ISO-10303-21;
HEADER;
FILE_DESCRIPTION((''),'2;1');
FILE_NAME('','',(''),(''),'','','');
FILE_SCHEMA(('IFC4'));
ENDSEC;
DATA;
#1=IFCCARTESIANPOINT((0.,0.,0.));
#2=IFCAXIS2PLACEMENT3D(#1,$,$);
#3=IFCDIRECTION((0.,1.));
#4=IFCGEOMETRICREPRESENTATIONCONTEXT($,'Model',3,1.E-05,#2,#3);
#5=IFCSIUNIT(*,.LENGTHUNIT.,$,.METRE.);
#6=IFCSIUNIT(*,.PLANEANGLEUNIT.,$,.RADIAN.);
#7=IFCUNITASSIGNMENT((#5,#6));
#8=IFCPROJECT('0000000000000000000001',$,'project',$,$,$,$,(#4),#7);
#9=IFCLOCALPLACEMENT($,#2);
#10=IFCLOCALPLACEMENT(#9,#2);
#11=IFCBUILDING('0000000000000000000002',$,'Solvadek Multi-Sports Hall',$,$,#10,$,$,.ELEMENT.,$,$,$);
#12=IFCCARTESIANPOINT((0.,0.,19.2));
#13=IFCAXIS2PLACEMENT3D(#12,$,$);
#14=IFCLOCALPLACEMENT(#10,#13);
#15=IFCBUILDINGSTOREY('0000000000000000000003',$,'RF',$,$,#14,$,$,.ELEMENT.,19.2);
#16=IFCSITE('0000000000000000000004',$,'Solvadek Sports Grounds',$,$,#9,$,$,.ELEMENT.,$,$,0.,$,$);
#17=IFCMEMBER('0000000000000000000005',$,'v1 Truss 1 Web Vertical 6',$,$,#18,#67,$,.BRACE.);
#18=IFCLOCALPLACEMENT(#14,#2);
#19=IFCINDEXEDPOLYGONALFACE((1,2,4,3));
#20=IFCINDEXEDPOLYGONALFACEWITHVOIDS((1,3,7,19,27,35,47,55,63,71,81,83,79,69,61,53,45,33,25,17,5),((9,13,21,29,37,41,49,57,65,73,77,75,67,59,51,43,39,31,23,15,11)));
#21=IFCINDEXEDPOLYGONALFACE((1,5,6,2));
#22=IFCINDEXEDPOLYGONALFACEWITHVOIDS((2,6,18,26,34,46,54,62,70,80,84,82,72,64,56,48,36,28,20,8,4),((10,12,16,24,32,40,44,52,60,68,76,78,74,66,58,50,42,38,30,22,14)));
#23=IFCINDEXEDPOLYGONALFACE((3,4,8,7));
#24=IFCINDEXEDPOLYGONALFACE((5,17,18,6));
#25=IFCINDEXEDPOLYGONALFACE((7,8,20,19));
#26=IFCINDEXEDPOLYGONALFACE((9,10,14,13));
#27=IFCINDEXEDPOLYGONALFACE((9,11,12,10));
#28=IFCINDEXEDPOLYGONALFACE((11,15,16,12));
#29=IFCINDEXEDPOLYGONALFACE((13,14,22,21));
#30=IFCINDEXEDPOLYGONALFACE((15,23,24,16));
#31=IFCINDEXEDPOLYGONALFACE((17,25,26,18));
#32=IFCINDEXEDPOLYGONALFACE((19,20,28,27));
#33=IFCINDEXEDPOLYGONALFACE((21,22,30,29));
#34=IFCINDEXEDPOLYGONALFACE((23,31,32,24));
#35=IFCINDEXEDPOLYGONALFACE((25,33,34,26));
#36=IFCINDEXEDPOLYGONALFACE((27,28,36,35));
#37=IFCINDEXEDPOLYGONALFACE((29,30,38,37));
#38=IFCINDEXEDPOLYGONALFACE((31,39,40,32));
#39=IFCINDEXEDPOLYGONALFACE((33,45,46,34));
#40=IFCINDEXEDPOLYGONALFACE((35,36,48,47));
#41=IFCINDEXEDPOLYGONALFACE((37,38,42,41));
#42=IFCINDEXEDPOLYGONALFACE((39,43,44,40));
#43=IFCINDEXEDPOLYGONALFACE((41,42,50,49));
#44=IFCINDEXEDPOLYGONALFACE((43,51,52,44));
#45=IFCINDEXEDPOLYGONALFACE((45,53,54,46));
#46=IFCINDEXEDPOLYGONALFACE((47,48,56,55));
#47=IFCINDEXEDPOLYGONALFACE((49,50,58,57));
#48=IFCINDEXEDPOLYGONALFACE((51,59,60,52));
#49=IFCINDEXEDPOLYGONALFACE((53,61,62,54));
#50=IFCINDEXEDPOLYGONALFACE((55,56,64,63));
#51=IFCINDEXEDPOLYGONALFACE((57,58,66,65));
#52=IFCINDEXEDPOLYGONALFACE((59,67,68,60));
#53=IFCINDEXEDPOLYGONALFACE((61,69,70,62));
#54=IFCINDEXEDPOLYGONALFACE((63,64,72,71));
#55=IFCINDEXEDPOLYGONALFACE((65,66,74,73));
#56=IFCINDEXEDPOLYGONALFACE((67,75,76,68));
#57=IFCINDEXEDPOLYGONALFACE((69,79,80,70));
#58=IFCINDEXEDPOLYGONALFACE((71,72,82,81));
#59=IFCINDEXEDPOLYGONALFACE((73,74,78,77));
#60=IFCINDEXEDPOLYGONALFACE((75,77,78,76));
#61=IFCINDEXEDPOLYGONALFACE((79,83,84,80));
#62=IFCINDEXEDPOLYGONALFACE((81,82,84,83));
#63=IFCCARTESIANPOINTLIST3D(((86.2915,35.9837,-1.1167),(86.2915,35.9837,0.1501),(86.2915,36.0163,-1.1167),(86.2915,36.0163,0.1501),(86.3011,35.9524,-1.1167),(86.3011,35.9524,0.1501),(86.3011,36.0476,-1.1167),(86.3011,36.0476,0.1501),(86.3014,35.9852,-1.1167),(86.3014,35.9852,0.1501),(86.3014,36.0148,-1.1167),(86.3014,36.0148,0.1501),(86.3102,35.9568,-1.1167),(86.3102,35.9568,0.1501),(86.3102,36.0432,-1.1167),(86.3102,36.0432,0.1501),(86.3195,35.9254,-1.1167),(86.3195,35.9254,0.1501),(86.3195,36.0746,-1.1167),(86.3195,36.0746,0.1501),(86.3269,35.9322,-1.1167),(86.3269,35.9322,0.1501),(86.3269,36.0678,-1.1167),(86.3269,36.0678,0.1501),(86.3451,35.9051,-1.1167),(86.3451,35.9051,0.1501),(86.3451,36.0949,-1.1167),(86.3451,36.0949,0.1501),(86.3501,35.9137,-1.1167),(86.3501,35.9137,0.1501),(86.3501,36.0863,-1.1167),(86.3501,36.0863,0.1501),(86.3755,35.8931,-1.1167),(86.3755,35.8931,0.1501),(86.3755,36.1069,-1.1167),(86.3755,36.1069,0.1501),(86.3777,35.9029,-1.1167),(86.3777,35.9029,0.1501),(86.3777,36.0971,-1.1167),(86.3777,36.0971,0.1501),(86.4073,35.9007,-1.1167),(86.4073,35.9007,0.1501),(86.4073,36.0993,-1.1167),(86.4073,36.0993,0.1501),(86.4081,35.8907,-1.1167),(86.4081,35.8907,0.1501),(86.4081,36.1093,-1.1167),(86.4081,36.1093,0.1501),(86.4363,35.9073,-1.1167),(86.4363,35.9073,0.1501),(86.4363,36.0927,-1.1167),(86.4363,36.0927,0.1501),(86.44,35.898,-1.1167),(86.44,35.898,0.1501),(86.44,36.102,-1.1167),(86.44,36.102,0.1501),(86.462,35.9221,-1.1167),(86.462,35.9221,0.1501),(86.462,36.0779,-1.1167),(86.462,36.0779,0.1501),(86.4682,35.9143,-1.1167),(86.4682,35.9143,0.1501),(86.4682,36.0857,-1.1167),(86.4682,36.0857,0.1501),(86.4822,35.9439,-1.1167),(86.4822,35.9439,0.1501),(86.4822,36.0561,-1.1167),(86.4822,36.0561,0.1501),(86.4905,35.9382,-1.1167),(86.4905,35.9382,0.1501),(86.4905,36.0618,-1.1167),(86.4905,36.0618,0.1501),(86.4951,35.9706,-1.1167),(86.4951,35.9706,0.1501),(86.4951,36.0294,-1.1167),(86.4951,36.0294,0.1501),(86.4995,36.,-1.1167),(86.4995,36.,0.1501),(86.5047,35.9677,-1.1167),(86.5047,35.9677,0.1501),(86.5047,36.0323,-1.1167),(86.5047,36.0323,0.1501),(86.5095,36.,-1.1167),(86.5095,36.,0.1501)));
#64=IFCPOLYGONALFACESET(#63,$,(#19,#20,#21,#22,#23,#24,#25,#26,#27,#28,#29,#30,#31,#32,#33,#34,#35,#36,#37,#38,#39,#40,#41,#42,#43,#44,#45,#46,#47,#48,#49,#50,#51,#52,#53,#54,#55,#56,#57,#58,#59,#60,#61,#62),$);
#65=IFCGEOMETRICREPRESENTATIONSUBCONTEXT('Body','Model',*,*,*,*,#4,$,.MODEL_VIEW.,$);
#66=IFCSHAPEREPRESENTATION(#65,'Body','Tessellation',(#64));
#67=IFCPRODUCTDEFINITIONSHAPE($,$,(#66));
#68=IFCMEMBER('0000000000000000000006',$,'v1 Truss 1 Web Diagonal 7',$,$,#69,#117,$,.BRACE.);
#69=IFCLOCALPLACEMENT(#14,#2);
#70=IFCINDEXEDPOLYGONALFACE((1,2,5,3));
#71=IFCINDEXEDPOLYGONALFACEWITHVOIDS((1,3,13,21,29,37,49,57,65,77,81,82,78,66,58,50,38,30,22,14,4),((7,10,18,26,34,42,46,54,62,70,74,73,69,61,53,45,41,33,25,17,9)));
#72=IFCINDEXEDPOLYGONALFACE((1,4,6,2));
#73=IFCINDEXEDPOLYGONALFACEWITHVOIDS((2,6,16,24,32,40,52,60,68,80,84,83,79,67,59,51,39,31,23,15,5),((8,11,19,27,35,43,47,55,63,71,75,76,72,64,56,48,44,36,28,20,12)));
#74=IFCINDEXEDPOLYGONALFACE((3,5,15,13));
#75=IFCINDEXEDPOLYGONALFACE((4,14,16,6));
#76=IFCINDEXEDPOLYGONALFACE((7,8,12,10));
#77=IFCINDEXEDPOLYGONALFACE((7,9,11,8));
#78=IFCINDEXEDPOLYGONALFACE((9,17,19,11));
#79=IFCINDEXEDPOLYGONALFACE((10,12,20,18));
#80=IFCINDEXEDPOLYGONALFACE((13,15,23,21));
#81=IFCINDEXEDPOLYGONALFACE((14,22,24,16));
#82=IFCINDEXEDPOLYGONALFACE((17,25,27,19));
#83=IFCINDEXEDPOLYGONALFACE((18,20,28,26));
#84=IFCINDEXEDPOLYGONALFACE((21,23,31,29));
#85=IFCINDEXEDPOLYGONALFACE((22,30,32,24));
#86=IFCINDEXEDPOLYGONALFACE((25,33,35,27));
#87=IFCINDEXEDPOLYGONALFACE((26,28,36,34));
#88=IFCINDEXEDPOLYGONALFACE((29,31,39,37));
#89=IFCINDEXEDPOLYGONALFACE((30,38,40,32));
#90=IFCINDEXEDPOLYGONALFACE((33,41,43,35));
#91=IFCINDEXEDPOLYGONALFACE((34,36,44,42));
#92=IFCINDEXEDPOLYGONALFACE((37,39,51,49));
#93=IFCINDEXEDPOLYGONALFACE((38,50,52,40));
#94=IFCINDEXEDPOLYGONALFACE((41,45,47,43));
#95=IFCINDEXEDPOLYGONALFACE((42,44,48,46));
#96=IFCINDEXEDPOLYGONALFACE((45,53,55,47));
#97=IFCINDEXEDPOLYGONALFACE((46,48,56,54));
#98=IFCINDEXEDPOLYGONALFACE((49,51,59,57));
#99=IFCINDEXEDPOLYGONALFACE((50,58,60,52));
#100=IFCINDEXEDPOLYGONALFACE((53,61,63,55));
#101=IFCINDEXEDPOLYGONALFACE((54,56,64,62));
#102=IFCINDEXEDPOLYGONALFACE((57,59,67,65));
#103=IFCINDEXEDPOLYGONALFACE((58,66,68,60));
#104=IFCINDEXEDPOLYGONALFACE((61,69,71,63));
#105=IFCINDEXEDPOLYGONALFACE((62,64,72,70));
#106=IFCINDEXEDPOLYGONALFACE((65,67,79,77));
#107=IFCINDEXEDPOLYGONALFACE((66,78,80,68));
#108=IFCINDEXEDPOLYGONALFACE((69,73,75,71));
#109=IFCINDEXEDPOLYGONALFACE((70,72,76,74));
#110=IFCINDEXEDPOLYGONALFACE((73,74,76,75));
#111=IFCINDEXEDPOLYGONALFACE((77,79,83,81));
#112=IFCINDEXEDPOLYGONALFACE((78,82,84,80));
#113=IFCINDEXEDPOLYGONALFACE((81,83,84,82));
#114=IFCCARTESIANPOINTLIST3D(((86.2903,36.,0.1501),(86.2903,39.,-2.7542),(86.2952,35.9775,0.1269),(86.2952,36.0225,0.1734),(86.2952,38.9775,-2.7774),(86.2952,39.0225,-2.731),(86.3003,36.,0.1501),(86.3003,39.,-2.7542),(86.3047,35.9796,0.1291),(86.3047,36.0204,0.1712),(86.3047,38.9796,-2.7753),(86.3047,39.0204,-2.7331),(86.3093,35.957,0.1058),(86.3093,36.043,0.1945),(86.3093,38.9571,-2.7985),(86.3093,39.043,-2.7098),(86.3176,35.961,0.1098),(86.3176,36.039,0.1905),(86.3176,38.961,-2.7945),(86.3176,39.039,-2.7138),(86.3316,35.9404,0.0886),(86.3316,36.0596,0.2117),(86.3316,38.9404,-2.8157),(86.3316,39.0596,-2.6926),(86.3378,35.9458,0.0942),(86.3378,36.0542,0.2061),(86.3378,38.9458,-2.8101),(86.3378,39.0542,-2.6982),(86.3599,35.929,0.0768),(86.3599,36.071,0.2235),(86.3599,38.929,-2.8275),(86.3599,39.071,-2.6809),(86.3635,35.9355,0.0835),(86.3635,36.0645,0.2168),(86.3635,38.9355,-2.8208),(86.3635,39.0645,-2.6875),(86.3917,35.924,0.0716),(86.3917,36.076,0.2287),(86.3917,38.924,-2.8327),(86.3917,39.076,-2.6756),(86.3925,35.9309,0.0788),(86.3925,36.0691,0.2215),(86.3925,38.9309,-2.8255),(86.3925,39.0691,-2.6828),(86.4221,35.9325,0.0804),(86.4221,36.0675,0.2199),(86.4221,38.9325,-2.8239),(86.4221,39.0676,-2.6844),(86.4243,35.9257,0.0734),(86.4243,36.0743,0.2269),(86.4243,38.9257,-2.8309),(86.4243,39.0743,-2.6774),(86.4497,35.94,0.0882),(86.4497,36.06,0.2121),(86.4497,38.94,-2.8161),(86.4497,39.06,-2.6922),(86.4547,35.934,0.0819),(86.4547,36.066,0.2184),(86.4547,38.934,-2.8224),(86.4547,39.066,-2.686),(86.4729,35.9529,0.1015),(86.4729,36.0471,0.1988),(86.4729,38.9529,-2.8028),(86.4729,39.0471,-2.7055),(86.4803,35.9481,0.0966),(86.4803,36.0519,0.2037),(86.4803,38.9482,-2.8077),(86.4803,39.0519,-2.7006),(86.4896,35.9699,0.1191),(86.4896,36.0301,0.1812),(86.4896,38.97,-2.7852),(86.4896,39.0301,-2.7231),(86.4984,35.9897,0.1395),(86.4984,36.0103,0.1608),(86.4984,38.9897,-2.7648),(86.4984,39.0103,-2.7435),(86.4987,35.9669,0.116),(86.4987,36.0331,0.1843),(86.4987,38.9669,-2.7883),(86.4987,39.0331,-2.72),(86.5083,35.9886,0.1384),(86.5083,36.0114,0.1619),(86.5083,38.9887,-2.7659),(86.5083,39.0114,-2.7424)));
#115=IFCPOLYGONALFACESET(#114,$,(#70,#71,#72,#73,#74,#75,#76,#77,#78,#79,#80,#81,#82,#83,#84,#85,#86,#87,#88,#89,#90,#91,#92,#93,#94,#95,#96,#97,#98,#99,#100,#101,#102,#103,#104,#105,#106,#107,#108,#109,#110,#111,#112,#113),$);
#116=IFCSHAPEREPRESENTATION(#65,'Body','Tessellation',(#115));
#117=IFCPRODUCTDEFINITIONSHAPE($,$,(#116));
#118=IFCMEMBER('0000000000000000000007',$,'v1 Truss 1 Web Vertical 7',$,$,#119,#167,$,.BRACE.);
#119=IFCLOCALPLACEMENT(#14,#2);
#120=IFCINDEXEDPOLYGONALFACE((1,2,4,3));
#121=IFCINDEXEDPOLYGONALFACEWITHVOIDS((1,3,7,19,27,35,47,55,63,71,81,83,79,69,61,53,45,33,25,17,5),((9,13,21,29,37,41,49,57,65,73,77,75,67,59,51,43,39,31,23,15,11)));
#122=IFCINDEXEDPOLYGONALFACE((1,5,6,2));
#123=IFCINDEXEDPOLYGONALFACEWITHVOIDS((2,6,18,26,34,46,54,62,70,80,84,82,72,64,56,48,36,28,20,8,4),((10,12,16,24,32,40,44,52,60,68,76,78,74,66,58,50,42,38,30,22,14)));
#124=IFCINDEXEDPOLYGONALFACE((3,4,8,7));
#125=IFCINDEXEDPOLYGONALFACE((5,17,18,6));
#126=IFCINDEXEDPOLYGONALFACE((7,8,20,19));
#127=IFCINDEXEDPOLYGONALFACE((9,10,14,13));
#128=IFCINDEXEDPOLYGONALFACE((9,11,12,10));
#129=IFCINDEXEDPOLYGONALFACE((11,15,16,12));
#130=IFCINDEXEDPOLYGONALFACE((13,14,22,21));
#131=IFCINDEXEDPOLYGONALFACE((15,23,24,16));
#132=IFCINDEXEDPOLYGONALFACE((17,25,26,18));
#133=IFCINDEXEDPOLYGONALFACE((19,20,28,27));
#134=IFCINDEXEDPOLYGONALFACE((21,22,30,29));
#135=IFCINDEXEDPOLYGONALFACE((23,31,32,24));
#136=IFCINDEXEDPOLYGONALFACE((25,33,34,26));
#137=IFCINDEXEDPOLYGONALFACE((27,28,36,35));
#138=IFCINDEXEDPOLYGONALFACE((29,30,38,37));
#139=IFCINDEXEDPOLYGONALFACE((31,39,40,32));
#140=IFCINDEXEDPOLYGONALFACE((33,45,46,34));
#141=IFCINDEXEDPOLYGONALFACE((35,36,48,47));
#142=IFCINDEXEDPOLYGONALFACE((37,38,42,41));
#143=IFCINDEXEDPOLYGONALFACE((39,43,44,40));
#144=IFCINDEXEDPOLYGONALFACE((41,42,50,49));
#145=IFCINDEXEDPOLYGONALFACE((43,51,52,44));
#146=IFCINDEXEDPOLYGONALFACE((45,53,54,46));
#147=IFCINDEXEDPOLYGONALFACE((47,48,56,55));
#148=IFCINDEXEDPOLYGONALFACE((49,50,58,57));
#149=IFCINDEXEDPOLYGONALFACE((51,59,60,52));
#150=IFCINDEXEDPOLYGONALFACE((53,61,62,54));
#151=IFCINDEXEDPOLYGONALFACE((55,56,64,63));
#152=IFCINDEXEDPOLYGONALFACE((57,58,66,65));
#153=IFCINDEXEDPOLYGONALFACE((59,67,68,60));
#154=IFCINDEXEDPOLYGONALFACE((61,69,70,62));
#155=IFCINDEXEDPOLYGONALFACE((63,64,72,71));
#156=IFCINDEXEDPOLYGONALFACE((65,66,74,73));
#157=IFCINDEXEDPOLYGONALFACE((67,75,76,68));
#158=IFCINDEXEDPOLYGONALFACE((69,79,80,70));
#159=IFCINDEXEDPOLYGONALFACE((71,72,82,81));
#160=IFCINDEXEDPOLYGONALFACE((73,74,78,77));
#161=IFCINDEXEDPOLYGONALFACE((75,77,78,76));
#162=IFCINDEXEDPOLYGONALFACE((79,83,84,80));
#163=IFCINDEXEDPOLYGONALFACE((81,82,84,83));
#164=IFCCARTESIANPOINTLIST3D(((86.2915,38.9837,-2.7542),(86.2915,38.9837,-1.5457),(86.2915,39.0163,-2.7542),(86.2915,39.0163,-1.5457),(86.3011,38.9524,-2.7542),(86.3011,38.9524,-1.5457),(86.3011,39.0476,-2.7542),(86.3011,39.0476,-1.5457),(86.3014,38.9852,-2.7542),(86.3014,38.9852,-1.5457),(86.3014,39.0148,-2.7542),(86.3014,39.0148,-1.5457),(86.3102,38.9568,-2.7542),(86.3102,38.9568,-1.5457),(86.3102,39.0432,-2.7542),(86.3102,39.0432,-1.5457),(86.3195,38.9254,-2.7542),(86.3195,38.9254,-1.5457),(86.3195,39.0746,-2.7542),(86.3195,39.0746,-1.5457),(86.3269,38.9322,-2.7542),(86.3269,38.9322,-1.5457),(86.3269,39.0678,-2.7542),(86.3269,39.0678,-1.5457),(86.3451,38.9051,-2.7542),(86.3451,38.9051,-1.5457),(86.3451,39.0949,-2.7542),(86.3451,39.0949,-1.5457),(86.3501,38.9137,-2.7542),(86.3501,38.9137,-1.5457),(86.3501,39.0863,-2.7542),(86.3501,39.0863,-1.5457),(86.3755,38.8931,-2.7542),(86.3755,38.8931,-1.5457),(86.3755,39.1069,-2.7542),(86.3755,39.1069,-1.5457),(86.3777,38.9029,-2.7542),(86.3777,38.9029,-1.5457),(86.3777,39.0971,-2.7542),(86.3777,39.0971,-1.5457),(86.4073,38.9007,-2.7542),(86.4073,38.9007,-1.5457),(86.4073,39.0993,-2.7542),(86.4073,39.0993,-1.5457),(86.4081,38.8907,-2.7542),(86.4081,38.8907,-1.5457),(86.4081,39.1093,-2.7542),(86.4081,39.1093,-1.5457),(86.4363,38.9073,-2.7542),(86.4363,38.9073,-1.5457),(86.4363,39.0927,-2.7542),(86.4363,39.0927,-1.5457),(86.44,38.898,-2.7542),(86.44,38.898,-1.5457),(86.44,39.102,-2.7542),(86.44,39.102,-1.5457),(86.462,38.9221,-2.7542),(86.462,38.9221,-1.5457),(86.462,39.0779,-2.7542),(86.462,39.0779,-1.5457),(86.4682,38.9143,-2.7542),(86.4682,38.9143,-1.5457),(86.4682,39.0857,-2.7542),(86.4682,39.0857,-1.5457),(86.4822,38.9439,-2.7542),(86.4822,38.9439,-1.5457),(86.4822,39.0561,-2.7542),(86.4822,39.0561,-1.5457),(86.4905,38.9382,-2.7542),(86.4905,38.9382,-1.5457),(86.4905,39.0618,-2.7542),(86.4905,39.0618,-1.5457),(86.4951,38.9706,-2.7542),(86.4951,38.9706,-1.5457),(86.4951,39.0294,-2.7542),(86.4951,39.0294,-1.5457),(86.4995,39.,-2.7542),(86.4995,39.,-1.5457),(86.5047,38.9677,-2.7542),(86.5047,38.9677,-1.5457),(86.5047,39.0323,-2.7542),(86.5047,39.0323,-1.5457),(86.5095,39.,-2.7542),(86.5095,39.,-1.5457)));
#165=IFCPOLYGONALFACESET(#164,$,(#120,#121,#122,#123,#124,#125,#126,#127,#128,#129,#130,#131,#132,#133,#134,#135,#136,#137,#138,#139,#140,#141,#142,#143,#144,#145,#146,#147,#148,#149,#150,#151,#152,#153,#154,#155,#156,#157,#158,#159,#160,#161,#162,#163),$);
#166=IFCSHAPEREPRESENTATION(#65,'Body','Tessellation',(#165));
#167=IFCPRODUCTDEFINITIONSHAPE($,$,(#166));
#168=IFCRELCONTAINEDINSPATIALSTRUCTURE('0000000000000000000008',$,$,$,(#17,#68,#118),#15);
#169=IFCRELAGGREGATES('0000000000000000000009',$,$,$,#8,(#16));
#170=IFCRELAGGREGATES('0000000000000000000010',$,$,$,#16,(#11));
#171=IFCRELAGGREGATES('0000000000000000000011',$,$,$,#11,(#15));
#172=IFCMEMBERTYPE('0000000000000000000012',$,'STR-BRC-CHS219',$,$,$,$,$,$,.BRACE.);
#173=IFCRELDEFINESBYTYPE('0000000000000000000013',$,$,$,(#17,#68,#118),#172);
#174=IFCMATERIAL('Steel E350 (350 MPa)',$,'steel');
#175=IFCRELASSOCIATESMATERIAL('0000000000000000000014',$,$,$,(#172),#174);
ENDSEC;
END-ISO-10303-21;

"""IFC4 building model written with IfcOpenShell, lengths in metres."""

from ifc_helpers import new_model, si_unit, direction, frame, origin, origin_2d, place, context, subcontext, project, spatial, hollow_circle, extrude, material, material_profile, profile_set, type_object, element, save


model = new_model("IFC4")

# Units and contexts
model_context = context("Model", 3, precision=1e-05, world=origin(), true_north=direction((0.0, 1.0)))
body_context = subcontext(model_context, "Body", "Model", "MODEL_VIEW")
ifc_project = project(units=[si_unit("LENGTHUNIT", "METRE"), si_unit("PLANEANGLEUNIT", "RADIAN")], contexts=[model_context])

# Site, building, storey
site_placement = place(None, origin())
site = spatial("IfcSite", under=ifc_project, at=site_placement, Name="Solvadek Sports Grounds", CompositionType="ELEMENT", RefElevation=0.0)
building_placement = place(site_placement, origin())
building = spatial("IfcBuilding", under=site, at=building_placement, Name="Solvadek Multi-Sports Hall", CompositionType="ELEMENT")
storey_placement = place(building_placement, frame((0.0, 0.0, 19.2)))
storey = spatial("IfcBuildingStorey", under=building, at=storey_placement, Name="RF", CompositionType="ELEMENT", Elevation=19.2)

# Shared definitions
ifc_material_1 = material(Name="Steel E350 (350 MPa)", Category="steel")

# Members
ifc_material_profile_1 = material_profile(ifc_material_1, hollow_circle(Radius=0.1096, WallThickness=0.01, at=origin_2d()), Name="CHS 219.1x10")
ifc_profile_set_1 = profile_set([ifc_material_profile_1], Name="Steel E350 (350 MPa)")
member_type_1 = type_object("IfcMemberType", Name="STR-BRC-CHS219", PredefinedType="BRACE", material=ifc_profile_set_1)
member_1_placement = place(storey_placement, frame((86.3999, 36.0, -1.1167), z_axis=(0.0, 0.0, 1.0), x_axis=(1.0, 0.0, 0.0)))
element("IfcMember", 1, at=member_1_placement, inside=storey, type_object=member_type_1, Name="v1 Truss 1 Web Vertical 6", PredefinedType="BRACE", context=body_context, shape_type="SweptSolid", body=[
    extrude(hollow_circle(Radius=0.1096, WallThickness=0.01, at=origin_2d()), origin(), (0.0, 0.0, 1.0), 1.2668),
])
member_2_placement = place(storey_placement, frame((86.3999, 36.0, 0.1501), z_axis=(0.0, 0.718474, -0.695554), x_axis=(-1.0, 0.0, 0.0)))
element("IfcMember", 2, at=member_2_placement, inside=storey, type_object=member_type_1, Name="v1 Truss 1 Web Diagonal 7", PredefinedType="BRACE", context=body_context, shape_type="SweptSolid", body=[
    extrude(hollow_circle(Radius=0.1096, WallThickness=0.01, at=origin_2d()), origin(), (0.0, 0.0, 1.0), 4.1755),
])
member_3_placement = place(storey_placement, frame((86.3999, 39.0, -2.7542), z_axis=(0.0, 0.0, 1.0), x_axis=(1.0, 0.0, 0.0)))
element("IfcMember", 3, at=member_3_placement, inside=storey, type_object=member_type_1, Name="v1 Truss 1 Web Vertical 7", PredefinedType="BRACE", context=body_context, shape_type="SweptSolid", body=[
    extrude(hollow_circle(Radius=0.1096, WallThickness=0.01, at=origin_2d()), origin(), (0.0, 0.0, 1.0), 1.2085),
])

save(model, "model.ifc")
